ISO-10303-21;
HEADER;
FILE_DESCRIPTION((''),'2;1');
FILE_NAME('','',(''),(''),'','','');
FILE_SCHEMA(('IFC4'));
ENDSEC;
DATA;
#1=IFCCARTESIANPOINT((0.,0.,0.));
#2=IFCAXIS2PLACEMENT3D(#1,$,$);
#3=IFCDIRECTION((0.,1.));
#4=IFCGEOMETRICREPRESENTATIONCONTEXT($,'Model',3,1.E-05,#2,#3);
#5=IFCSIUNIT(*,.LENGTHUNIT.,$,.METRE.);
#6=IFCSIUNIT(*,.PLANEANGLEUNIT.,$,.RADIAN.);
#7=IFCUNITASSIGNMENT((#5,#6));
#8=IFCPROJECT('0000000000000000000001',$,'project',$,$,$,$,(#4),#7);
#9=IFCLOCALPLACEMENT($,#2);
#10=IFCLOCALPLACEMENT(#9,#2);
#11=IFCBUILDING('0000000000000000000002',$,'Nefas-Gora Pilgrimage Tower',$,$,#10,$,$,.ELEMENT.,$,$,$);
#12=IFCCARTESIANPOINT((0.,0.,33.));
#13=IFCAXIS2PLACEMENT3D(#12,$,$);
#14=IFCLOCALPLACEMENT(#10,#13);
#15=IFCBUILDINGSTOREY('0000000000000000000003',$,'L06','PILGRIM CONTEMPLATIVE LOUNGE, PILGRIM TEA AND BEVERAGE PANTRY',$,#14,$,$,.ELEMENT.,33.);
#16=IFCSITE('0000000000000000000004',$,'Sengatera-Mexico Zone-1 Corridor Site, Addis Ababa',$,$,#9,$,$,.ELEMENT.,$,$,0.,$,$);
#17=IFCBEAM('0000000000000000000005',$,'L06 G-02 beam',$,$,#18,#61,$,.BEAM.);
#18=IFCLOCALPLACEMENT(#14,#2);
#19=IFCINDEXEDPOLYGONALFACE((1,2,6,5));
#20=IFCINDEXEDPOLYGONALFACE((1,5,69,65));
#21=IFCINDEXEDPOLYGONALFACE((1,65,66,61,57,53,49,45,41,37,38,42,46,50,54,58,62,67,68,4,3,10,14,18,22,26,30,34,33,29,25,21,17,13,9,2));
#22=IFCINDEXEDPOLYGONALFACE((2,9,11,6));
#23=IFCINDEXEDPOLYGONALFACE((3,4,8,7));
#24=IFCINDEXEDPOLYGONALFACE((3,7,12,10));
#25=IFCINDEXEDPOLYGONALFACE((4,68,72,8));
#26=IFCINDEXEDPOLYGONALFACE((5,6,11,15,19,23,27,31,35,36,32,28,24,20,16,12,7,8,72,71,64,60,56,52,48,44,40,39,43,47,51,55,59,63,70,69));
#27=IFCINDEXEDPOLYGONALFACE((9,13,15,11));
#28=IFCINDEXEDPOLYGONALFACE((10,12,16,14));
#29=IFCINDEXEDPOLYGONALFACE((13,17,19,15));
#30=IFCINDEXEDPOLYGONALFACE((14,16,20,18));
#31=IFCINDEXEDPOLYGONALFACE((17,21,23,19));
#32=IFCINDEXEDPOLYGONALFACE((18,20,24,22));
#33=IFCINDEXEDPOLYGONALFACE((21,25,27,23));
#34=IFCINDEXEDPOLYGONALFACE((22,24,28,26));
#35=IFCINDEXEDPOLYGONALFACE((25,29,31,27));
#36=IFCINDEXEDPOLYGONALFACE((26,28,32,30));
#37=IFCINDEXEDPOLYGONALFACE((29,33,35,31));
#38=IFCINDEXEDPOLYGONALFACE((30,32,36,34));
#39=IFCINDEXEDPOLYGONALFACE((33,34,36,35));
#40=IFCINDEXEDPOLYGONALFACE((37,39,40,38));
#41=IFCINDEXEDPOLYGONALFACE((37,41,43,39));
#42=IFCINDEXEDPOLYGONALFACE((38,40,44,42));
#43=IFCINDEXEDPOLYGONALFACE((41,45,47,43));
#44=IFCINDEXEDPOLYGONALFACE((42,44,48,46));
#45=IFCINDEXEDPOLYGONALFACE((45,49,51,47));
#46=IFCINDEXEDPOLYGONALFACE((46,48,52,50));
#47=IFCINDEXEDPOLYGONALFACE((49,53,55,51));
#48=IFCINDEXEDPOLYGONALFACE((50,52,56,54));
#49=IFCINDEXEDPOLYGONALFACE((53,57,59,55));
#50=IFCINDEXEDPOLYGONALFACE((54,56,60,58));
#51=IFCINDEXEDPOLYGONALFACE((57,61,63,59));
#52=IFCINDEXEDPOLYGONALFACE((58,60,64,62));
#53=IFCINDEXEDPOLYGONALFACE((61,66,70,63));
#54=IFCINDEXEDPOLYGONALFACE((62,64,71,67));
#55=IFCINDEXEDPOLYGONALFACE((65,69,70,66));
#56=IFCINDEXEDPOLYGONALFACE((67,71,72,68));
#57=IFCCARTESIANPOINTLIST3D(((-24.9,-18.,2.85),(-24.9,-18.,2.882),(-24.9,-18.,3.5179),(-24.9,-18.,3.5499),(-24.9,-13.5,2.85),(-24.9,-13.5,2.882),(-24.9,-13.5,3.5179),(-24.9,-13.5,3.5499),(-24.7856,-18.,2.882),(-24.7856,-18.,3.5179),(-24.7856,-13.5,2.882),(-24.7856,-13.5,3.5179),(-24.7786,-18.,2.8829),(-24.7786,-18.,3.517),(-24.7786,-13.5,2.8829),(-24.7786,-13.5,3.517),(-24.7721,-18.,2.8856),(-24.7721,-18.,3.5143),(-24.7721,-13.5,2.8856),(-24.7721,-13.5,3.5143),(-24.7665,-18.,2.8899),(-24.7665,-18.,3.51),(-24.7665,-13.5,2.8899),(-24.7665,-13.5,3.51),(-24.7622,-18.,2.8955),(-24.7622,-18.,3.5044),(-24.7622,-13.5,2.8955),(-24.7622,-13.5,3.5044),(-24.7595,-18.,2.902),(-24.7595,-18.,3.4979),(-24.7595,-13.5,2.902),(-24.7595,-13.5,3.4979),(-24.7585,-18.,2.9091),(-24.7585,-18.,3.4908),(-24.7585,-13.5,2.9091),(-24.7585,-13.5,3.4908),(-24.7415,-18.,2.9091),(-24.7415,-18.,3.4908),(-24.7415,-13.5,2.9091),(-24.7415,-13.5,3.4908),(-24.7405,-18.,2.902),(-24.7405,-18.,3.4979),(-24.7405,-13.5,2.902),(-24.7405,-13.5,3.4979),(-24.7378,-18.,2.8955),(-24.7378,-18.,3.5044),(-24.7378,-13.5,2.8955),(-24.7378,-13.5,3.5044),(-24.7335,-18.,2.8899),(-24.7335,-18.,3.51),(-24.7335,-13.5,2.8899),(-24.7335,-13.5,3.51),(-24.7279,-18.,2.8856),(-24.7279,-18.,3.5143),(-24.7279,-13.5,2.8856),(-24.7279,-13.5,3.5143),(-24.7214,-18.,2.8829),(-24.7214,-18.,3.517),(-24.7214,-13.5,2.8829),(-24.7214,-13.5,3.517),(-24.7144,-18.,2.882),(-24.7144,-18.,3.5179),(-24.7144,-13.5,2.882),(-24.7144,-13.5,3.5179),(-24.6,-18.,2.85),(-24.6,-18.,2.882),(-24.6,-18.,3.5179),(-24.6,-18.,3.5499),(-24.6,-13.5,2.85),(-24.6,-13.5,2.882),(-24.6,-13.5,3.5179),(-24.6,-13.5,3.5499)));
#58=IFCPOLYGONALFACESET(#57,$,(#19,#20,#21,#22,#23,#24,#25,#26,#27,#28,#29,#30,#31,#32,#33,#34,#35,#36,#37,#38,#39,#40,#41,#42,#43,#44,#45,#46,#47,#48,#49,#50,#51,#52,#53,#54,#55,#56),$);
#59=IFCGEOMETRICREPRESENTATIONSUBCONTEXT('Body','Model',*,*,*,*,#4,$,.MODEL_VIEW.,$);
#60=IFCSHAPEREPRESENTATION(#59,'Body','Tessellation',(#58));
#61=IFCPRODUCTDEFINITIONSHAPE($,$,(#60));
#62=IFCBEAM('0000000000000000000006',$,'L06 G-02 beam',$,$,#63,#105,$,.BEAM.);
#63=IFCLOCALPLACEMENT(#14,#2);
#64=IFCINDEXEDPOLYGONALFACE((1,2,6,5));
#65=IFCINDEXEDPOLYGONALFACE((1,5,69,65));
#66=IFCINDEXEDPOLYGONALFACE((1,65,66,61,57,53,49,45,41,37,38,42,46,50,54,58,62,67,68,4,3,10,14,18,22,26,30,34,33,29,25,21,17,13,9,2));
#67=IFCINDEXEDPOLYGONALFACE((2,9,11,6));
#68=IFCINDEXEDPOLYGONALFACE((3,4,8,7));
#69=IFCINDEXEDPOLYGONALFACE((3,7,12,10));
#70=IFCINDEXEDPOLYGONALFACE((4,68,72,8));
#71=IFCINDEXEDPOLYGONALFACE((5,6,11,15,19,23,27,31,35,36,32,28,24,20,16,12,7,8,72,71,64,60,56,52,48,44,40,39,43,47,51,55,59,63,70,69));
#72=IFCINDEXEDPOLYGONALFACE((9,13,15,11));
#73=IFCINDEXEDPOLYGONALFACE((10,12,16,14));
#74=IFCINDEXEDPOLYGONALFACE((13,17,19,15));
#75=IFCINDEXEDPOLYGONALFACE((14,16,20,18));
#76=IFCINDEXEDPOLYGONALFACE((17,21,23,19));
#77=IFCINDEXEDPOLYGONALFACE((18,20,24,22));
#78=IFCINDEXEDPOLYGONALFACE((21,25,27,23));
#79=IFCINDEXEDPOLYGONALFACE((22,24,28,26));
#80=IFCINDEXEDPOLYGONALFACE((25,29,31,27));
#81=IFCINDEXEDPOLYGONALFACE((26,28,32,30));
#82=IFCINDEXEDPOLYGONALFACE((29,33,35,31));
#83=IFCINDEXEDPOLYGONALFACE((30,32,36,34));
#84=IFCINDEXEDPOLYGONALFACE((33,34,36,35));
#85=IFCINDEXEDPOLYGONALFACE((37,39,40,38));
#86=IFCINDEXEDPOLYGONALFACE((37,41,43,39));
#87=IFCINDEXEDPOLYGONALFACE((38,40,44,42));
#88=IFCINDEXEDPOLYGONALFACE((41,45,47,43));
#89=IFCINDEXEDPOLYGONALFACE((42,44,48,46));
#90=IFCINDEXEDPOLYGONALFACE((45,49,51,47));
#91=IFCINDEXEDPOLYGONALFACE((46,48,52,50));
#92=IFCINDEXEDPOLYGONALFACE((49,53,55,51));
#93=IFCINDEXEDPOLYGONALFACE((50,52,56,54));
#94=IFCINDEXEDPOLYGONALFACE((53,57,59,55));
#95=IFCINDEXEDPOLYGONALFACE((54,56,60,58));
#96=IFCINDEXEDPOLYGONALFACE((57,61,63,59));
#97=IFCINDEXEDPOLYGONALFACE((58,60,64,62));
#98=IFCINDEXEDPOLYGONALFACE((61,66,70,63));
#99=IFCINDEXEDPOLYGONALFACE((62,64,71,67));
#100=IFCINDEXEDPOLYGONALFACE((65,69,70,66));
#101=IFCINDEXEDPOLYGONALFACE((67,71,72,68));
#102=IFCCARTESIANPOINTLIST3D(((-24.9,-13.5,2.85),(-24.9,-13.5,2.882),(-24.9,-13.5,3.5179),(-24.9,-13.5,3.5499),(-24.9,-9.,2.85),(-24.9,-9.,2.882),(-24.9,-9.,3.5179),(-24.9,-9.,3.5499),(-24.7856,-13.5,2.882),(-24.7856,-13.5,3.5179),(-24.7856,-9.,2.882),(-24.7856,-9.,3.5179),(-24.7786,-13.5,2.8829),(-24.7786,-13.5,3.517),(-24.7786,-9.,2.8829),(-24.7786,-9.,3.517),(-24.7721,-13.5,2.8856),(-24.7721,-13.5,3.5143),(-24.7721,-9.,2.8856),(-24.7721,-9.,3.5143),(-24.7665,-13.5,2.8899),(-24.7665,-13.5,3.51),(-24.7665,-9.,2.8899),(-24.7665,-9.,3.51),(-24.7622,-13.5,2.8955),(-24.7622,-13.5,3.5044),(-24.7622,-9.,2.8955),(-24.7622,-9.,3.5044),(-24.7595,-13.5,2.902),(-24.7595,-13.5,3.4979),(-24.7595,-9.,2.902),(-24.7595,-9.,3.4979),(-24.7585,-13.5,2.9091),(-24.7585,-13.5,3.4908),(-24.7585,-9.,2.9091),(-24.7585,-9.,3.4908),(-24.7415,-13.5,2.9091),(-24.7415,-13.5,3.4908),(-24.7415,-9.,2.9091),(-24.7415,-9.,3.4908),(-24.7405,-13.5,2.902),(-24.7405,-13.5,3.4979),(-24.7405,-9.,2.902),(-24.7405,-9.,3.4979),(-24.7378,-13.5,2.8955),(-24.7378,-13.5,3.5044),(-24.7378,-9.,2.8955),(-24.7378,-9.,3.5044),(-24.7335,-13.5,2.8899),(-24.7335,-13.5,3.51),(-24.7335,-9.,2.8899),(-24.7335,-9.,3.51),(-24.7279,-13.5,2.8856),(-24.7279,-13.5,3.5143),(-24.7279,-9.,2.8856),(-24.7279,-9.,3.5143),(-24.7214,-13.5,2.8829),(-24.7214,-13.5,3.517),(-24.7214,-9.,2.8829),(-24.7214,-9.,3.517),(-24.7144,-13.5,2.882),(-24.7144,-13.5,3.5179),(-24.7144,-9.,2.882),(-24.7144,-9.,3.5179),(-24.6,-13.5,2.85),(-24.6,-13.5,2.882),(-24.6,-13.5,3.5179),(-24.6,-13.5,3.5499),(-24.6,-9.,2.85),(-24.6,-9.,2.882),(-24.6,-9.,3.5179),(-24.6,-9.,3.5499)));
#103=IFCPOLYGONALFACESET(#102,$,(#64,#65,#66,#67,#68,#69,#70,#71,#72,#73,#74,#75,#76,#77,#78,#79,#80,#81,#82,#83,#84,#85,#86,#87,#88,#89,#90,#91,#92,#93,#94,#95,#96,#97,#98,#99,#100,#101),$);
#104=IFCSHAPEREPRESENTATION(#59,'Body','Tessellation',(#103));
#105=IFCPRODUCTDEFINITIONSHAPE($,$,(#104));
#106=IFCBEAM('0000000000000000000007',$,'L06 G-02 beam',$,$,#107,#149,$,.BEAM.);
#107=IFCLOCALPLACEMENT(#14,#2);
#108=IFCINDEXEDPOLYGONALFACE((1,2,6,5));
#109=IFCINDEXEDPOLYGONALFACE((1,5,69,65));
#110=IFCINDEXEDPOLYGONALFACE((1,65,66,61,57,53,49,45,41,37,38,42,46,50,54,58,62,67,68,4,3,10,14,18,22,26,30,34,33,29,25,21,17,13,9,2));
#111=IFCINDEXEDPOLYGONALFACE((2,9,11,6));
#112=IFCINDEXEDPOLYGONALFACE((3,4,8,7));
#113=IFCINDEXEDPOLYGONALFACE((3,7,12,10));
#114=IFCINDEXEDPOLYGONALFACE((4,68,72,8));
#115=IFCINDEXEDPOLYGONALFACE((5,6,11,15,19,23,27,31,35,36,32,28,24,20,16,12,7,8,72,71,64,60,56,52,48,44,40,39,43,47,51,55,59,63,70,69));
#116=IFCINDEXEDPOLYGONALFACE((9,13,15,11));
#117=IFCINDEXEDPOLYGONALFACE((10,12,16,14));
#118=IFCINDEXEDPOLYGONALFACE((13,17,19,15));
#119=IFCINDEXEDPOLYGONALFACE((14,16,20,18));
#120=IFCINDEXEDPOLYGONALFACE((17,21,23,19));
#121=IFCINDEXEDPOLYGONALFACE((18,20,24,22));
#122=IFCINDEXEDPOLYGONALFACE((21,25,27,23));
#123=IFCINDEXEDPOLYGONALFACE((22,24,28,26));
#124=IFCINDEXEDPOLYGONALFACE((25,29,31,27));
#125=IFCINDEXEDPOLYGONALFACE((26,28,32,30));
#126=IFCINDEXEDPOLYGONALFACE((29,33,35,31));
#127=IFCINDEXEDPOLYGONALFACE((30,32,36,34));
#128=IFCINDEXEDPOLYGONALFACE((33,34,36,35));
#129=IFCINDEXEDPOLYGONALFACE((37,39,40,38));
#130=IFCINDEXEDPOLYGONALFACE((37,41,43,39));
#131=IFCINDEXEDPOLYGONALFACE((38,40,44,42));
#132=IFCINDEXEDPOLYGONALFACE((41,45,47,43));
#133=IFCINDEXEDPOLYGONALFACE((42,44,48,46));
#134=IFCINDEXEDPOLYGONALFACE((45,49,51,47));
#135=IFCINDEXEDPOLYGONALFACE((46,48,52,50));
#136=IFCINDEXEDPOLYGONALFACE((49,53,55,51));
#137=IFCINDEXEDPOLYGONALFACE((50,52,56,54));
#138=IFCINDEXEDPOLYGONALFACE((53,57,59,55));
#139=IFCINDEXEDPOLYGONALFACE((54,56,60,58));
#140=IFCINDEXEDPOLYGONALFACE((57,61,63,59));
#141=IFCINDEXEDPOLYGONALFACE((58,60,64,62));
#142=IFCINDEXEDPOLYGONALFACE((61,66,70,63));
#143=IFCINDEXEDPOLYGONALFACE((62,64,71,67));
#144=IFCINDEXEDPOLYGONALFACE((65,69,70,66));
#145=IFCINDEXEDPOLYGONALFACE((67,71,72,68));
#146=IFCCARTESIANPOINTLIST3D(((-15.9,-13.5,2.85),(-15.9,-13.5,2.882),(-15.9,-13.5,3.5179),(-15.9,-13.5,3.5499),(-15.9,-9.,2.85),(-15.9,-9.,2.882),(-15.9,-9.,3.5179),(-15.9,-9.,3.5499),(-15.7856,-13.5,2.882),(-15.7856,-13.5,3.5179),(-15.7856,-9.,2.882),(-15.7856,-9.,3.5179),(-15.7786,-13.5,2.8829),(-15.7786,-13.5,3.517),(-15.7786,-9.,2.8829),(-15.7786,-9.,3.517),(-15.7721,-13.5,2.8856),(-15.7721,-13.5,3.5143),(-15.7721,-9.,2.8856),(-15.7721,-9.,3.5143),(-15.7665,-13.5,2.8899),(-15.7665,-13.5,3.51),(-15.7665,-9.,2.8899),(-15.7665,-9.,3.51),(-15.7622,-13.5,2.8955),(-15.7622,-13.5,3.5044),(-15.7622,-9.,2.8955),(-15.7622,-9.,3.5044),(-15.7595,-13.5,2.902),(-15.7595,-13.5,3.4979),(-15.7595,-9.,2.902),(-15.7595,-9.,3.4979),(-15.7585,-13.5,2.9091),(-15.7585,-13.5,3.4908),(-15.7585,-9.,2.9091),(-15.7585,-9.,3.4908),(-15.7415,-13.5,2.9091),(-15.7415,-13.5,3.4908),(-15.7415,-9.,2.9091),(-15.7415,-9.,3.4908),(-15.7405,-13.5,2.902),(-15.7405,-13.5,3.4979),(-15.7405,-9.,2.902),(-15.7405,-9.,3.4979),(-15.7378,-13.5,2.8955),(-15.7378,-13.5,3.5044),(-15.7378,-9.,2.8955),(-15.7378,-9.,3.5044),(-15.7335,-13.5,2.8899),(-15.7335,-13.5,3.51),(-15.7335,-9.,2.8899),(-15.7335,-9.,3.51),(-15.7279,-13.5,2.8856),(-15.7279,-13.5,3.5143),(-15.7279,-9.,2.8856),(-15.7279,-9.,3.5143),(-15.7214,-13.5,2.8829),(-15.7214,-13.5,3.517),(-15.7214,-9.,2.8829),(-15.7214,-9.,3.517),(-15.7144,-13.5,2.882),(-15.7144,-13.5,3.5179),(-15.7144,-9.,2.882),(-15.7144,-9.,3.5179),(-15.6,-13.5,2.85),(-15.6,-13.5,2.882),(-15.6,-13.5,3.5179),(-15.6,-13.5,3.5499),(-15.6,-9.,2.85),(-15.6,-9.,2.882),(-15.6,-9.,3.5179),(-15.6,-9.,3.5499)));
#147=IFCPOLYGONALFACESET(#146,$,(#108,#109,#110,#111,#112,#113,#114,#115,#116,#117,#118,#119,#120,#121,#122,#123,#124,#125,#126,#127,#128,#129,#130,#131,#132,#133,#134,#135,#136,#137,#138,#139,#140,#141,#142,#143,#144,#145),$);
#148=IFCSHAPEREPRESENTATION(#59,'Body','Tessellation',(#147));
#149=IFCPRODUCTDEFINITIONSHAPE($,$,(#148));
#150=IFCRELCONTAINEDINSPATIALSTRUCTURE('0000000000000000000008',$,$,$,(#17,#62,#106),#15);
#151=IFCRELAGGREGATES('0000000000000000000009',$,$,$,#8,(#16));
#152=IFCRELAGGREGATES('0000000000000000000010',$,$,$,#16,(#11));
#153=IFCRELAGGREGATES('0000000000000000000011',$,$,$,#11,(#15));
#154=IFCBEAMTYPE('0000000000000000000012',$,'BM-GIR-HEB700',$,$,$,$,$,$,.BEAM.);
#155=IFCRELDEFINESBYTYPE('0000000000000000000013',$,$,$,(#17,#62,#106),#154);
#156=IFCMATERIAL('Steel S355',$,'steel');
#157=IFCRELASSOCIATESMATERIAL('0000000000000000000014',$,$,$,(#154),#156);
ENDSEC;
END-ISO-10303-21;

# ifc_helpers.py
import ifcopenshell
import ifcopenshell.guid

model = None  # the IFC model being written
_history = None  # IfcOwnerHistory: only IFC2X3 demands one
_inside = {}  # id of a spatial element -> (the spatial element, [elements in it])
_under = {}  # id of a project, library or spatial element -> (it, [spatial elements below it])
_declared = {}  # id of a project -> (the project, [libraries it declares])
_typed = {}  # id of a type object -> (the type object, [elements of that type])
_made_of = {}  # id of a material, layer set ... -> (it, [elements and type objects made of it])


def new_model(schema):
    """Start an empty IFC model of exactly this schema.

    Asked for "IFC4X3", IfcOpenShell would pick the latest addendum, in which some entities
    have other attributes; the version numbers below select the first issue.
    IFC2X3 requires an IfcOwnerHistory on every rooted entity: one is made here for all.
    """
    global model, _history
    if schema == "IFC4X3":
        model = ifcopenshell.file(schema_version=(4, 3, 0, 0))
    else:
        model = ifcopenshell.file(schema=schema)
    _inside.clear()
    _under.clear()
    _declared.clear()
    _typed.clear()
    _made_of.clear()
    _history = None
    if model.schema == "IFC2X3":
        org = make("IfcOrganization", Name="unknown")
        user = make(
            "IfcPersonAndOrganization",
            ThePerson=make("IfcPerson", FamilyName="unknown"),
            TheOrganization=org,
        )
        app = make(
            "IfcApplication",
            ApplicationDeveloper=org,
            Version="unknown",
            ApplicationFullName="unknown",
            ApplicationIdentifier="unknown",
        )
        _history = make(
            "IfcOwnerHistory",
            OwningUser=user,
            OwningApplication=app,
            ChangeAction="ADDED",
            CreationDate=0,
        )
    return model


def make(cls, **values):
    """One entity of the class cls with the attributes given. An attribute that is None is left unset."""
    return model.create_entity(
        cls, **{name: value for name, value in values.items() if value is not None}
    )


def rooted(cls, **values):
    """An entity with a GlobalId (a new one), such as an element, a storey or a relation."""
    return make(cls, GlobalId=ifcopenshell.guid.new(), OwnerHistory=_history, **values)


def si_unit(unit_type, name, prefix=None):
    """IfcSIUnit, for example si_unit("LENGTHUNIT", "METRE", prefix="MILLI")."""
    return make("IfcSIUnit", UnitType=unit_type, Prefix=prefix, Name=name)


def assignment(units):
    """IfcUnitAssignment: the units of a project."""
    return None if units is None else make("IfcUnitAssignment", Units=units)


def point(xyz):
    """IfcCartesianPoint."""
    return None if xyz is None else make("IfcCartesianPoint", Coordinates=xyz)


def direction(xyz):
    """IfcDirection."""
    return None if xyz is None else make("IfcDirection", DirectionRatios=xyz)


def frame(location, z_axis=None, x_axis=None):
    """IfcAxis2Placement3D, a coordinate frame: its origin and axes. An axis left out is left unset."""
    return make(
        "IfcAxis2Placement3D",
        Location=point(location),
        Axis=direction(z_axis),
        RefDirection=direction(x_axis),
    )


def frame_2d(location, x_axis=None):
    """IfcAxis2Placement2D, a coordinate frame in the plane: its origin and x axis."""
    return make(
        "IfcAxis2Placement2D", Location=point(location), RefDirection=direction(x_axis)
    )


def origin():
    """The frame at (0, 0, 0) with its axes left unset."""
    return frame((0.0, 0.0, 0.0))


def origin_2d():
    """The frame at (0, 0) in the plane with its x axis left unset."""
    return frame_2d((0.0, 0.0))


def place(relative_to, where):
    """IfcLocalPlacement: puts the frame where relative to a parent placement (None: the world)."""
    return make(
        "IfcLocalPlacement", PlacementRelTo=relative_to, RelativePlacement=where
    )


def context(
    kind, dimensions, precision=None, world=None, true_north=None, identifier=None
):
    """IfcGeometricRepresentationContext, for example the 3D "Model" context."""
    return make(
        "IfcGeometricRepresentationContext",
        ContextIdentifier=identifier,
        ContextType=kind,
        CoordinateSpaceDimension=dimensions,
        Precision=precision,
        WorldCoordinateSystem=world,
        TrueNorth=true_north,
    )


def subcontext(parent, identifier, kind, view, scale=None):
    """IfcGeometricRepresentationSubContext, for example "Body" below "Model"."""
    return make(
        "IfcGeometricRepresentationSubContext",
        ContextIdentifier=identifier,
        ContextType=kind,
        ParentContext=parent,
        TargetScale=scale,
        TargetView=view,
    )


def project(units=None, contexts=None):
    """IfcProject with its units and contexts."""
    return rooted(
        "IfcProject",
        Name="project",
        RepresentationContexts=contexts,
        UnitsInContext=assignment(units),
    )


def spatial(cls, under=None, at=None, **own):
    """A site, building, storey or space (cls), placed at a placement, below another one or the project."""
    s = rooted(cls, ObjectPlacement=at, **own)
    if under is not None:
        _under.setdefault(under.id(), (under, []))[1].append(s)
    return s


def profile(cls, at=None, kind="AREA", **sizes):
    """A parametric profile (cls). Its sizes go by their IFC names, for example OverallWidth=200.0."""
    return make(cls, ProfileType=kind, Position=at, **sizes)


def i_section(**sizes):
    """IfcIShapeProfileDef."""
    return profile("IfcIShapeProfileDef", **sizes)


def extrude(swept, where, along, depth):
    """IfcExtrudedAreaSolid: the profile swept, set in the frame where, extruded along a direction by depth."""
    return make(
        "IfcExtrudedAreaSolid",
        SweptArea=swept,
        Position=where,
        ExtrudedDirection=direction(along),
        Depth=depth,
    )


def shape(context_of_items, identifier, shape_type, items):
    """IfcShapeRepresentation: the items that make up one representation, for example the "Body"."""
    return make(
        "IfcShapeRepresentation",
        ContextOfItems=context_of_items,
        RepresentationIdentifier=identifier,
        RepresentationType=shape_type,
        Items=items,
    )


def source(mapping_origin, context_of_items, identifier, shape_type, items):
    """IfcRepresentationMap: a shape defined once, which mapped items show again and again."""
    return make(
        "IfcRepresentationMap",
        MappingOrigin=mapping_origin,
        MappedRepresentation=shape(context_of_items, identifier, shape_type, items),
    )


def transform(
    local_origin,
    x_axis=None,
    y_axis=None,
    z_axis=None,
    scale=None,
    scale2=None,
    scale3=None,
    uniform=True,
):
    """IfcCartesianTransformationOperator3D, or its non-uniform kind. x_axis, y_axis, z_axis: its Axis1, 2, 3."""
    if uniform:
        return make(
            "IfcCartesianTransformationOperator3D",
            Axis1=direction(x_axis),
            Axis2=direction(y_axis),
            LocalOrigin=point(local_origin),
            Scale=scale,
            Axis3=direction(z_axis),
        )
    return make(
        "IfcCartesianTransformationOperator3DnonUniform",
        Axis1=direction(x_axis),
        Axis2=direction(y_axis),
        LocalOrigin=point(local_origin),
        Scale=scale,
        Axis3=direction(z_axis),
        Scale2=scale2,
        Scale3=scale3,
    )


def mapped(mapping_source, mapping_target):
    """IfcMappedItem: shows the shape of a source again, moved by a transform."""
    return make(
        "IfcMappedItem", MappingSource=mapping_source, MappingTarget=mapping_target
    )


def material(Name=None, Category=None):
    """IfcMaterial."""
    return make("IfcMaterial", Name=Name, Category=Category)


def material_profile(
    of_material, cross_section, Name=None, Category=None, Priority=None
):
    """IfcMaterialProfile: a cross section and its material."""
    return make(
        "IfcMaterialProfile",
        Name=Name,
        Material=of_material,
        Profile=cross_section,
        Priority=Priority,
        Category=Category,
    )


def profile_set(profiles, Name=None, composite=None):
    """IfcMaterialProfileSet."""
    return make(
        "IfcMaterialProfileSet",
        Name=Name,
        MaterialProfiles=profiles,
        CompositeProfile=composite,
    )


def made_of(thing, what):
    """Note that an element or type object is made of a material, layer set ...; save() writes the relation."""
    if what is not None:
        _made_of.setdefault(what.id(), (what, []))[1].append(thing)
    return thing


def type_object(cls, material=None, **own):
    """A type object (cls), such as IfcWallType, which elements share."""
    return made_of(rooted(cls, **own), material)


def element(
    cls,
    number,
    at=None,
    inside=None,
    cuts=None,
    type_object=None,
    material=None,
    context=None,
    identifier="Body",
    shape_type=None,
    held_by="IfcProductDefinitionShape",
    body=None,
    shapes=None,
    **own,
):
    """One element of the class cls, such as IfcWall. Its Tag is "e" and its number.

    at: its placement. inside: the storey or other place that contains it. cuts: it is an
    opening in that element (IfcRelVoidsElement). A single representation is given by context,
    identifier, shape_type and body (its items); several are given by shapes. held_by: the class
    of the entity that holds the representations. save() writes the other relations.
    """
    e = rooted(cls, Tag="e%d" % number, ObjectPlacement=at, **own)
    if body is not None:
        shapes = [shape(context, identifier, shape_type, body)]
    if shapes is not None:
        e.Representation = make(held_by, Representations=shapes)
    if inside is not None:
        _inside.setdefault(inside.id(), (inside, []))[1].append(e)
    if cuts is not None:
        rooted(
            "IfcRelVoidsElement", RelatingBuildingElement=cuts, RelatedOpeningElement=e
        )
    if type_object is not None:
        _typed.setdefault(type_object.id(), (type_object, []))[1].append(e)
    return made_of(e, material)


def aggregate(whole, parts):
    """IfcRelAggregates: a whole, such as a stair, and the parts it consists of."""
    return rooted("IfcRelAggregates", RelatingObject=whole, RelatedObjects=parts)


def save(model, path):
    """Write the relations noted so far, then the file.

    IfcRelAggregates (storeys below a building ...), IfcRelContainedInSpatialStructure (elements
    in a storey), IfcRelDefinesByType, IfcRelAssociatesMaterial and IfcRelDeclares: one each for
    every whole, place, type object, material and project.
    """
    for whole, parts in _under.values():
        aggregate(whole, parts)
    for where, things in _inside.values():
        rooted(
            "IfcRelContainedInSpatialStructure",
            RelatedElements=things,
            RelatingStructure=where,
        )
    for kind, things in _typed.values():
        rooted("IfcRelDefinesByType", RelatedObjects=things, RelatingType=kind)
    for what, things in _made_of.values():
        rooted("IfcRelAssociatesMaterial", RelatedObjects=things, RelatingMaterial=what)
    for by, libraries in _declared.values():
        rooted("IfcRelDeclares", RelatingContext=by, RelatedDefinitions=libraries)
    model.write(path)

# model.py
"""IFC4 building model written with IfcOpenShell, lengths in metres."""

from ifc_helpers import new_model, si_unit, direction, frame, origin, origin_2d, place, context, subcontext, project, spatial, i_section, extrude, source, transform, mapped, material, material_profile, profile_set, type_object, element, save


model = new_model("IFC4")

# Units and contexts
model_context = context("Model", 3, precision=1e-05, world=origin(), true_north=direction((0.0, 1.0)))
body_context = subcontext(model_context, "Body", "Model", "MODEL_VIEW")
ifc_project = project(units=[si_unit("LENGTHUNIT", "METRE"), si_unit("PLANEANGLEUNIT", "RADIAN")], contexts=[model_context])

# Site, building, storey
site_placement = place(None, origin())
site = spatial("IfcSite", under=ifc_project, at=site_placement, Name="Sengatera-Mexico Zone-1 Corridor Site, Addis Ababa", CompositionType="ELEMENT", RefElevation=0.0)
building_placement = place(site_placement, origin())
building = spatial("IfcBuilding", under=site, at=building_placement, Name="Nefas-Gora Pilgrimage Tower", CompositionType="ELEMENT")
storey_placement = place(building_placement, frame((0.0, 0.0, 33.0)))
storey = spatial("IfcBuildingStorey", under=building, at=storey_placement, Name="L06", Description="PILGRIM CONTEMPLATIVE LOUNGE, PILGRIM TEA AND BEVERAGE PANTRY", CompositionType="ELEMENT", Elevation=33.0)

# Beams
ifc_material_1 = material(Name="Steel S355", Category="steel")
ifc_material_profile_1 = material_profile(ifc_material_1, i_section(OverallWidth=0.3, OverallDepth=0.7, WebThickness=0.0171, FlangeThickness=0.032, FilletRadius=0.0271, at=origin_2d()), Name="HEB 700")
ifc_profile_set_1 = profile_set([ifc_material_profile_1], Name="Steel S355")
beam_type_1 = type_object("IfcBeamType", Name="BM-GIR-HEB700", PredefinedType="BEAM", material=ifc_profile_set_1)
shared_shape_1 = source(origin(), body_context, "Body", "SweptSolid", [
    extrude(i_section(OverallWidth=0.3, OverallDepth=0.7, WebThickness=0.0171, FlangeThickness=0.032, FilletRadius=0.0271, at=origin_2d()), origin(), (0.0, 0.0, 1.0), 4.5),
])
for number, where, z_axis, x_axis, name in (
    (1, (-24.75, -18.0, 3.2), (0.0, 1.0, 0.0), (-1.0, 0.0, 0.0), "L06 G-02 beam"),
    (2, (-24.75, -13.5, 3.2), (0.0, 1.0, 0.0), (-1.0, 0.0, 0.0), "L06 G-02 beam"),
    (3, (-15.75, -13.5, 3.2), (0.0, 1.0, 0.0), (-1.0, 0.0, 0.0), "L06 G-02 beam"),
):
    element("IfcBeam", number, at=place(storey_placement, frame(where, z_axis=z_axis, x_axis=x_axis)), inside=storey, type_object=beam_type_1, Name=name, PredefinedType="BEAM", context=body_context, shape_type="MappedRepresentation", body=[
        mapped(shared_shape_1, transform((0.0, 0.0, 0.0), x_axis=(1.0, 0.0, 0.0), y_axis=(0.0, 1.0, 0.0), z_axis=(0.0, 0.0, 1.0), scale=1.0)),
    ])

save(model, "model.ifc")
